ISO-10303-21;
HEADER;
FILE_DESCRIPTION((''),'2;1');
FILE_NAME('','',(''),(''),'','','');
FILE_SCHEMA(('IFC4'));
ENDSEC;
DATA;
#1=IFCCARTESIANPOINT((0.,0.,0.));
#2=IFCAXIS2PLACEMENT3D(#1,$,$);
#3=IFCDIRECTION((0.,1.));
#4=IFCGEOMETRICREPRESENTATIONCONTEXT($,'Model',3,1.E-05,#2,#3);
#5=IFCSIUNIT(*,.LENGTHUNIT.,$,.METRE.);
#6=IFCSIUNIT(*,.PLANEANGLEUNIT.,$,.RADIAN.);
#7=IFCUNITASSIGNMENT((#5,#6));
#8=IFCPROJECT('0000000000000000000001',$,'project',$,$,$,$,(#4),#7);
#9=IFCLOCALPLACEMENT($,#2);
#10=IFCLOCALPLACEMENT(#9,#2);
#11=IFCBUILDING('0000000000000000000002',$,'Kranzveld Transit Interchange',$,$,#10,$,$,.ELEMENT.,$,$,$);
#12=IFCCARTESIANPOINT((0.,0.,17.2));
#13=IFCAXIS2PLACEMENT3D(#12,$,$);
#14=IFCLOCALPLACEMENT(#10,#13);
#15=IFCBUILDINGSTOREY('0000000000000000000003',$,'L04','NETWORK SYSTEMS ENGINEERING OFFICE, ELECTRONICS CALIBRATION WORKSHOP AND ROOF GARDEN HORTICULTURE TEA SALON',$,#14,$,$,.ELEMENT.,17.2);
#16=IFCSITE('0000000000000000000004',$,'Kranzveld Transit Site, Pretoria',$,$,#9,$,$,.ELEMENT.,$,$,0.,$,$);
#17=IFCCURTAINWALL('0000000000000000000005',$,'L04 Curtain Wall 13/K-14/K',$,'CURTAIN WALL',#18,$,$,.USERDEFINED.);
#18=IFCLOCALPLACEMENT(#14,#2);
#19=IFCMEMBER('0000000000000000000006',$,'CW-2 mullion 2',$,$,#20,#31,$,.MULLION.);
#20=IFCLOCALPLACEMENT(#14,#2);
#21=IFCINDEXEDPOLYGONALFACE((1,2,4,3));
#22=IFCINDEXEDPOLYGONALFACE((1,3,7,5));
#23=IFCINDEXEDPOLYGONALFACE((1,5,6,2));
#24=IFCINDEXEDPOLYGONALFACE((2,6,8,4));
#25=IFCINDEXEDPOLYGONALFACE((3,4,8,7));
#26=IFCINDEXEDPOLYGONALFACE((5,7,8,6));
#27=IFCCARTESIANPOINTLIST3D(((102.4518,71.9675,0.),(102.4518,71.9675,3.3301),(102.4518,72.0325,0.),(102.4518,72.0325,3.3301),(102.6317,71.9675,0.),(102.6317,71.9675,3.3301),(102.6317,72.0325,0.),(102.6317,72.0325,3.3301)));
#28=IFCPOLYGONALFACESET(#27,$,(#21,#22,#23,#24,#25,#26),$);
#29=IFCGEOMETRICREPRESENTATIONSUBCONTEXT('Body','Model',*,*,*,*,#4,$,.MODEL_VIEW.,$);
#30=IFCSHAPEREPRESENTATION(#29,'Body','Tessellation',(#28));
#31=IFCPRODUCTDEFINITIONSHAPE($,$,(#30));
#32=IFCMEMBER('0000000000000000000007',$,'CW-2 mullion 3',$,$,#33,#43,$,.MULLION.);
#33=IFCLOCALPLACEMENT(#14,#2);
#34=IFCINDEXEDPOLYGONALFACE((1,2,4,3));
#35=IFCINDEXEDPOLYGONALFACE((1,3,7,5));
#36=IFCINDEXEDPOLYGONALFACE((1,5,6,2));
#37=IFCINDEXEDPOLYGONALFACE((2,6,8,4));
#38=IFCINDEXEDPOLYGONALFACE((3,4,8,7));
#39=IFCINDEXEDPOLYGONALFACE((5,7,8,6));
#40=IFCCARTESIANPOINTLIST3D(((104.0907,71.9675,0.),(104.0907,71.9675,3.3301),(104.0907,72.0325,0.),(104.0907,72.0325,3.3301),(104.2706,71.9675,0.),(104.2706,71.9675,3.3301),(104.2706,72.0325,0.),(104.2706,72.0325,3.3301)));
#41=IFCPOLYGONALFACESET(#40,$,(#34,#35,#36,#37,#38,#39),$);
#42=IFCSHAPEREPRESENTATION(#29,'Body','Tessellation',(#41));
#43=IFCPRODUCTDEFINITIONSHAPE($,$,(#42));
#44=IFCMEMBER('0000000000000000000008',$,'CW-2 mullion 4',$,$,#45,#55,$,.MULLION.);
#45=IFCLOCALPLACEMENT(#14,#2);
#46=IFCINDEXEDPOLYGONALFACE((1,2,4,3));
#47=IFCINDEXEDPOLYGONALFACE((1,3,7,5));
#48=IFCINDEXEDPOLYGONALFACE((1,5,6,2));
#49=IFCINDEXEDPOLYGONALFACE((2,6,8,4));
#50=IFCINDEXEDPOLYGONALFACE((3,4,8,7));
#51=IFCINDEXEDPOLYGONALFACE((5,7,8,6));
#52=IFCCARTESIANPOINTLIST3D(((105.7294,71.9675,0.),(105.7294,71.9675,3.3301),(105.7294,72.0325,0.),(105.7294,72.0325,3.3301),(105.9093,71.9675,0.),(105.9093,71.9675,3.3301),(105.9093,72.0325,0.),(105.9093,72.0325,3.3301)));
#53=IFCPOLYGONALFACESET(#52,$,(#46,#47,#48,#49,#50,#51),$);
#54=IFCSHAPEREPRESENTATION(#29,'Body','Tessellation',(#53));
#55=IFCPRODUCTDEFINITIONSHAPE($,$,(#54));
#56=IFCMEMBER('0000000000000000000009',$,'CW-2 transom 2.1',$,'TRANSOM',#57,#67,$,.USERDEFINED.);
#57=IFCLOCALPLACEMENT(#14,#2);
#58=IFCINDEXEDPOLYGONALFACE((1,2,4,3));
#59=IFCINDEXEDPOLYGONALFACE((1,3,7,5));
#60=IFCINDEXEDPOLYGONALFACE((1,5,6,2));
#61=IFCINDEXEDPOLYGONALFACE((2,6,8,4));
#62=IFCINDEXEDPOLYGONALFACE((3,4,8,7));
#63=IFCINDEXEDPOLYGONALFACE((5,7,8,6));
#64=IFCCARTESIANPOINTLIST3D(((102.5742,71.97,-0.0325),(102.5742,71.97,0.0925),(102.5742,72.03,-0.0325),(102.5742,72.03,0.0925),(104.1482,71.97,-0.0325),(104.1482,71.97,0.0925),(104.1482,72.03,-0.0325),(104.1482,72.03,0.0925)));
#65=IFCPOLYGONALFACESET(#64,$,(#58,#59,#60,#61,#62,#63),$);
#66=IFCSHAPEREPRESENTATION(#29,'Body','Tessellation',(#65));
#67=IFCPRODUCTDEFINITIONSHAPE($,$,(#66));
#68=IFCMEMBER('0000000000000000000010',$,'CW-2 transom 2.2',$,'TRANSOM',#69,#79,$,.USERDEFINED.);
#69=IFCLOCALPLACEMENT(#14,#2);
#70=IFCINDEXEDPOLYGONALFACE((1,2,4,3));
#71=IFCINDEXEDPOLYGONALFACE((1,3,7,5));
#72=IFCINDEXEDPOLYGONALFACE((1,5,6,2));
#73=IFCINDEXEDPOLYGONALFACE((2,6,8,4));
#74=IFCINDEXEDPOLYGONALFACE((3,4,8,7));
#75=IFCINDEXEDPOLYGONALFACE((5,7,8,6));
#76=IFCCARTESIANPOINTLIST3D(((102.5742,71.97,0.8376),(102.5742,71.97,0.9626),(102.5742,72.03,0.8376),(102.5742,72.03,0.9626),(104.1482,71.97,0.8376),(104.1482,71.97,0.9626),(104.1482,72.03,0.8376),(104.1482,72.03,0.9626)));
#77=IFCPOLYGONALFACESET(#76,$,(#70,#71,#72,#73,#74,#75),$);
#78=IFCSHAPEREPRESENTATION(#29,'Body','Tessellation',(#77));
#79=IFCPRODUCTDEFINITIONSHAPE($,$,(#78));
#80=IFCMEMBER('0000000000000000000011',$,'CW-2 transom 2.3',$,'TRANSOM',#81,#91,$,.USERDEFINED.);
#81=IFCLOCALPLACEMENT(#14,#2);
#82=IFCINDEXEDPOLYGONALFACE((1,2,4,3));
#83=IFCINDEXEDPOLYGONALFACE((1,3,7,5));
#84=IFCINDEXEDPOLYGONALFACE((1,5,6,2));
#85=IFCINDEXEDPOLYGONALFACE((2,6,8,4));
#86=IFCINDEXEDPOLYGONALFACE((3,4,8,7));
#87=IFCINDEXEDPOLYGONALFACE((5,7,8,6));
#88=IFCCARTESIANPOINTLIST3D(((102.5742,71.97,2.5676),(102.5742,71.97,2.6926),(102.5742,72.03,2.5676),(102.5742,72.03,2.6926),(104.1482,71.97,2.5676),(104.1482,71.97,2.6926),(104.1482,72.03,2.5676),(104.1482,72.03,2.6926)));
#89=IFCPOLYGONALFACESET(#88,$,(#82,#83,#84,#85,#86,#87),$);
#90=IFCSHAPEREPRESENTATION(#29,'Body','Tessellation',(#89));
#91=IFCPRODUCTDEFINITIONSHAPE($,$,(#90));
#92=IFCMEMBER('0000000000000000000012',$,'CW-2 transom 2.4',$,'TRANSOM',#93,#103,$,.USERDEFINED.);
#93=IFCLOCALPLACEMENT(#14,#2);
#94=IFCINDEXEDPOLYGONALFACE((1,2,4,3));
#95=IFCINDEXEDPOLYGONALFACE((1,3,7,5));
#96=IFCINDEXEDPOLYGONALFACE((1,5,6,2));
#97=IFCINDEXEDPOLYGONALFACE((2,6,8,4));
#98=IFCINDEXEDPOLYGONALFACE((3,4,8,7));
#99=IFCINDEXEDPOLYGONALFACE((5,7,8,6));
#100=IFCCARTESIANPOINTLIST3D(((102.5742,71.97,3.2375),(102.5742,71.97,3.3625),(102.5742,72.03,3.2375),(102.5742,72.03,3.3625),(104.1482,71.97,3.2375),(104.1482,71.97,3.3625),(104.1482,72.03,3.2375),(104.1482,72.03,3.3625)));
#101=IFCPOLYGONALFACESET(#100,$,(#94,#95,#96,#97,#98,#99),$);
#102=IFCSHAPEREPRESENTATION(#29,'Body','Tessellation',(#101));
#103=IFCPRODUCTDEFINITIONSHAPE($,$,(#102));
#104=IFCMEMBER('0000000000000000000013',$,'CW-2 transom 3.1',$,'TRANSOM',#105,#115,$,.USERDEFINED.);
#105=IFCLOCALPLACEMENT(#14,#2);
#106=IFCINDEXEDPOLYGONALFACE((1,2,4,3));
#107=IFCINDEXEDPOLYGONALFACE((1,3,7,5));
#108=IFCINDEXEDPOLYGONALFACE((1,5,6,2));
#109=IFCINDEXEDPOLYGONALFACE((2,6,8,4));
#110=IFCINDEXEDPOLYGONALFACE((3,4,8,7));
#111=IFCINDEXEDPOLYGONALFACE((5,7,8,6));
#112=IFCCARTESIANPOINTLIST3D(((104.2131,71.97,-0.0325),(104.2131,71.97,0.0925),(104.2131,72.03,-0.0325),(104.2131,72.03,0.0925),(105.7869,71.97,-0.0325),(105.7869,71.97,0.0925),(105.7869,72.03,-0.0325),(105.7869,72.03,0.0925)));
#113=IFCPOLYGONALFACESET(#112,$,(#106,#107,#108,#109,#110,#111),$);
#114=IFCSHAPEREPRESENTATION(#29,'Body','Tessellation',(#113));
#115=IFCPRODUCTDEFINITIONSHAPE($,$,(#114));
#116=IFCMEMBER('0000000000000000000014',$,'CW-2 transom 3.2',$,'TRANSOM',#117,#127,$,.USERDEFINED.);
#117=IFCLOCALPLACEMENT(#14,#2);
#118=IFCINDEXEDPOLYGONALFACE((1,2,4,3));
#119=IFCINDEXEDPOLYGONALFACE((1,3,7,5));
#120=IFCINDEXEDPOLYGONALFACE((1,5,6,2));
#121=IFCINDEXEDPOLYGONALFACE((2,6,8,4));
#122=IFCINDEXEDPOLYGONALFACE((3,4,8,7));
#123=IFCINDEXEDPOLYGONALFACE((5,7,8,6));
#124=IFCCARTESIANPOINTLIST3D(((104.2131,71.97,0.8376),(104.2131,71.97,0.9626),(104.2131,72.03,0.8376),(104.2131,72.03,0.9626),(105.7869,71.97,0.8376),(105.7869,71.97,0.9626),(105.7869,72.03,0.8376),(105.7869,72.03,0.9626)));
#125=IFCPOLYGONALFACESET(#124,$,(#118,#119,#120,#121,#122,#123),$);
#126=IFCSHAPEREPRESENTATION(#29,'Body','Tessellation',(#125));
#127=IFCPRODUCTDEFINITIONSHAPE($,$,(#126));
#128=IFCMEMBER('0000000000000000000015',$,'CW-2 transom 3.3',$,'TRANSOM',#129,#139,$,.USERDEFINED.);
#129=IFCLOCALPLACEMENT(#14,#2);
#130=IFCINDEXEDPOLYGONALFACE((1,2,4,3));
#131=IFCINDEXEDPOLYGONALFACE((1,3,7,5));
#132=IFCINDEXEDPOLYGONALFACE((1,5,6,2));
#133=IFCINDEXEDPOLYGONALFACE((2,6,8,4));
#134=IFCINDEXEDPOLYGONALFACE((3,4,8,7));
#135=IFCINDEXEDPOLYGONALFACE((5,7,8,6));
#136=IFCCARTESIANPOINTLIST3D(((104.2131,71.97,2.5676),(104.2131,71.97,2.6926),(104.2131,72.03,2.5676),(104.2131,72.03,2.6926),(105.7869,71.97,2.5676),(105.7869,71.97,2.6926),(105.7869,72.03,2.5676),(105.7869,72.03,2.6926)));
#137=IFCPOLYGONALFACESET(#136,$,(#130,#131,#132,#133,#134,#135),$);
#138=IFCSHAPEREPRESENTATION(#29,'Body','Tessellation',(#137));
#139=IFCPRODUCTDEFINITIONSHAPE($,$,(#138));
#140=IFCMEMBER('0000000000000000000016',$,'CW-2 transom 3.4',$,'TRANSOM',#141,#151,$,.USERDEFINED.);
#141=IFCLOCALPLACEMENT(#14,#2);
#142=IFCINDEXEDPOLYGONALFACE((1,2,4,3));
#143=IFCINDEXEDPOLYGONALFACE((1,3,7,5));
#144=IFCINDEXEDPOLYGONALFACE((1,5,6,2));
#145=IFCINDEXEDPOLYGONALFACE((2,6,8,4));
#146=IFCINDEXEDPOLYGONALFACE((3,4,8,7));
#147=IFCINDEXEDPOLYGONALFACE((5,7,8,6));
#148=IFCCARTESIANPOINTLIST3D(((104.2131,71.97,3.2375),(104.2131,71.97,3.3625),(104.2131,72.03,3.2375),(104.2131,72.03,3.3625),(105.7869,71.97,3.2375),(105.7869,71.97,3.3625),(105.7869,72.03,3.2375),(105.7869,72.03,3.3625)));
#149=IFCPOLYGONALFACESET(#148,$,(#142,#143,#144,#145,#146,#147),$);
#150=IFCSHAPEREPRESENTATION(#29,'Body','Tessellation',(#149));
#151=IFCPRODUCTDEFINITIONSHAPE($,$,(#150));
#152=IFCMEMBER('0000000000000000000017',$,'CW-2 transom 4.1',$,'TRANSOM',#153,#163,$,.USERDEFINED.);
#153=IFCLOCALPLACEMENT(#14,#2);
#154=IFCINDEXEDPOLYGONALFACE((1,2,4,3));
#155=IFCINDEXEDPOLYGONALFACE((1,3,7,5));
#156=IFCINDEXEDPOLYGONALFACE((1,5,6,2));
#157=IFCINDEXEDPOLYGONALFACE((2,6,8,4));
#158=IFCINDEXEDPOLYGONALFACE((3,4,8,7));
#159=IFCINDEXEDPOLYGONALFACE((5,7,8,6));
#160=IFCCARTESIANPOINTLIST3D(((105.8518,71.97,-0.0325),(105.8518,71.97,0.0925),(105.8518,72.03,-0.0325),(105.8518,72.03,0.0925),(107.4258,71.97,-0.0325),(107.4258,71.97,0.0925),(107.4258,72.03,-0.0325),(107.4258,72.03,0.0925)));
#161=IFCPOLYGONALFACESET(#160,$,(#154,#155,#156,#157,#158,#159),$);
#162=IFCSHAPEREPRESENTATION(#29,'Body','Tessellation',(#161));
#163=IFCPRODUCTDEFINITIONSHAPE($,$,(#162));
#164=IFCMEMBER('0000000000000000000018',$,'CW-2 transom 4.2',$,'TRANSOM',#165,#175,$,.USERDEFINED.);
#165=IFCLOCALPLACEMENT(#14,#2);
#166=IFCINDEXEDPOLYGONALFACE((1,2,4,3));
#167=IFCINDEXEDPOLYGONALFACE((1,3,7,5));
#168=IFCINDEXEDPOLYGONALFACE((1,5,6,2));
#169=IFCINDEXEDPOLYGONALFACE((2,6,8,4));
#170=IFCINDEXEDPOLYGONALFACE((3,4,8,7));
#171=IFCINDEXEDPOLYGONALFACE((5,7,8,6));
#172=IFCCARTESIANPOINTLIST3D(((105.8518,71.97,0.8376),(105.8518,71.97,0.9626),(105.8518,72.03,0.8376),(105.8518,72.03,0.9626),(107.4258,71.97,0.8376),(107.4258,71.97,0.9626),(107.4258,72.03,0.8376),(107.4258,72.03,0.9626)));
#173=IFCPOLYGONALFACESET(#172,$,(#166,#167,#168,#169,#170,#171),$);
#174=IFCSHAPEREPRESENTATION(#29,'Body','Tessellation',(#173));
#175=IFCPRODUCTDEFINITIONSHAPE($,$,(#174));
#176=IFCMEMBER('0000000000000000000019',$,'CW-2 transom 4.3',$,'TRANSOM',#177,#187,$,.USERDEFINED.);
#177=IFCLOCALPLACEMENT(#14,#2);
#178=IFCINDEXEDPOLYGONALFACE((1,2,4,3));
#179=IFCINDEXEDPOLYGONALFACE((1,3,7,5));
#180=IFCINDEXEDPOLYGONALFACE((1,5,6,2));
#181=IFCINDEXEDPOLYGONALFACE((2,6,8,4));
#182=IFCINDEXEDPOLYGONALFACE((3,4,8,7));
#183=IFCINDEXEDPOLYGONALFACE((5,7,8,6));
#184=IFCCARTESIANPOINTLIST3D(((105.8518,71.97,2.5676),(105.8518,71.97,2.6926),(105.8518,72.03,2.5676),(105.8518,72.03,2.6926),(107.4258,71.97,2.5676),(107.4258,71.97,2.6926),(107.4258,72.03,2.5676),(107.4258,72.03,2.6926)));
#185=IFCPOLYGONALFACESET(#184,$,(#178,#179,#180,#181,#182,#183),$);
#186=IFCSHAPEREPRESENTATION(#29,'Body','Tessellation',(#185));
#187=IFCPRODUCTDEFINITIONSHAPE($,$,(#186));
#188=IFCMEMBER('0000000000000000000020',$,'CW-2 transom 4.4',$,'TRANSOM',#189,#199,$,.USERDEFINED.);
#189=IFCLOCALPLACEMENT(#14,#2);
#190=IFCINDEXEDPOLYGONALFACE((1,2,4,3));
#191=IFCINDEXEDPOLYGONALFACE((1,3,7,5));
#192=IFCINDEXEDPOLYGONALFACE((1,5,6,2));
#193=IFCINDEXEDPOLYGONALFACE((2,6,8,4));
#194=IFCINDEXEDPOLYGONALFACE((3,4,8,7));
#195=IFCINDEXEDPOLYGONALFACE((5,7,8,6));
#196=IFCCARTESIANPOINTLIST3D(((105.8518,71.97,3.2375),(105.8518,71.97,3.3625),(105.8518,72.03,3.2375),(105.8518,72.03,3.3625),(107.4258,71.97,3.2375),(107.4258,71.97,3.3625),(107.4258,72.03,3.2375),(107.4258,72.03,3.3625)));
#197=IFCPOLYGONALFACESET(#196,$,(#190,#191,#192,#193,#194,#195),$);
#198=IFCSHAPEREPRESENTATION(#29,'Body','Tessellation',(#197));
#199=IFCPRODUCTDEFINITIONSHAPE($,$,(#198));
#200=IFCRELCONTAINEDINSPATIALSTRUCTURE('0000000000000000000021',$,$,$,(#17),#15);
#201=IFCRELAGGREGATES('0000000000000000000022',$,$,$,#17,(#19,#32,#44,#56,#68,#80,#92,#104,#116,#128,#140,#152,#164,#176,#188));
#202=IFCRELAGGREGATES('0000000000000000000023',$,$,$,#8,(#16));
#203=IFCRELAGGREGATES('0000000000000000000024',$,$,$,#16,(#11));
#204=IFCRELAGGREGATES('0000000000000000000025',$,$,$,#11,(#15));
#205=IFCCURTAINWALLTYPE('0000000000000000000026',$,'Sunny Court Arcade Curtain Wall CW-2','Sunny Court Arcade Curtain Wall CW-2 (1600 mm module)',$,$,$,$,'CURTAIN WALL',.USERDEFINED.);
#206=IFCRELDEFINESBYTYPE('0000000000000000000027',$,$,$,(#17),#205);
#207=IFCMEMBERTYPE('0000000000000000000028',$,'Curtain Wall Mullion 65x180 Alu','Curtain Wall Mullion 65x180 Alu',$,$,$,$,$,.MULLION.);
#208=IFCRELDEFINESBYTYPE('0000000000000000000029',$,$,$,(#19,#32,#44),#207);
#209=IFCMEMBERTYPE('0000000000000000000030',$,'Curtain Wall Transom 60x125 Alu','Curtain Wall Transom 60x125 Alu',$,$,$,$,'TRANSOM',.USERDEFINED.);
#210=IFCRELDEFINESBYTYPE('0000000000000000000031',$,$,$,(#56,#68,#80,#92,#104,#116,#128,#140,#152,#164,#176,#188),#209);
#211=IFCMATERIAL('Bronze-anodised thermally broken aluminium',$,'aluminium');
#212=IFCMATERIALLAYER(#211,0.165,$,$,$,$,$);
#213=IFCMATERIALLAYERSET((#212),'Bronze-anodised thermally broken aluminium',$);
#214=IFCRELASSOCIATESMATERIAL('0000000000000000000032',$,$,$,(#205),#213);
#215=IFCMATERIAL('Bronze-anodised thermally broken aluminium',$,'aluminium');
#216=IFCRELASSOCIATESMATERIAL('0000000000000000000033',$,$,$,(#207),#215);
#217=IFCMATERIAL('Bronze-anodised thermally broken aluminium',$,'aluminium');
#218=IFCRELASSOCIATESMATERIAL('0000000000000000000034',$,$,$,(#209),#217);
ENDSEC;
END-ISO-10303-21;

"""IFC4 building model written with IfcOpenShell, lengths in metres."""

from ifc_helpers import new_model, si_unit, direction, frame, origin, origin_2d, place, context, subcontext, project, spatial, rectangle, extrude, material, layer, layer_set, material_profile, profile_set, type_object, element, aggregate, save


model = new_model("IFC4")

# Units and contexts
model_context = context("Model", 3, precision=1e-05, world=origin(), true_north=direction((0.0, 1.0)))
body_context = subcontext(model_context, "Body", "Model", "MODEL_VIEW")
ifc_project = project(units=[si_unit("LENGTHUNIT", "METRE"), si_unit("PLANEANGLEUNIT", "RADIAN")], contexts=[model_context])

# Site, building, storey
site_placement = place(None, origin())
site = spatial("IfcSite", under=ifc_project, at=site_placement, Name="Kranzveld Transit Site, Pretoria", CompositionType="ELEMENT", RefElevation=0.0)
building_placement = place(site_placement, origin())
building = spatial("IfcBuilding", under=site, at=building_placement, Name="Kranzveld Transit Interchange", CompositionType="ELEMENT")
storey_placement = place(building_placement, frame((0.0, 0.0, 17.2)))
storey = spatial("IfcBuildingStorey", under=building, at=storey_placement, Name="L04", Description="NETWORK SYSTEMS ENGINEERING OFFICE, ELECTRONICS CALIBRATION WORKSHOP AND ROOF GARDEN HORTICULTURE TEA SALON", CompositionType="ELEMENT", Elevation=17.2)

# Curtain wall, members
ifc_material_1 = material(Name="Bronze-anodised thermally broken aluminium", Category="aluminium")
ifc_layer_1 = layer(ifc_material_1, 0.165)
ifc_layer_set_1 = layer_set([ifc_layer_1], Name="Bronze-anodised thermally broken aluminium")
curtain_wall_type = type_object("IfcCurtainWallType", Name="Sunny Court Arcade Curtain Wall CW-2", Description="Sunny Court Arcade Curtain Wall CW-2 (1600 mm module)", ElementType="CURTAIN WALL", PredefinedType="USERDEFINED", material=ifc_layer_set_1)
curtain_wall_placement = place(storey_placement, origin())
curtain_wall = element("IfcCurtainWall", 1, at=curtain_wall_placement, inside=storey, type_object=curtain_wall_type, Name="L04 Curtain Wall 13/K-14/K", ObjectType="CURTAIN WALL", PredefinedType="USERDEFINED")
ifc_material_2 = material(Name="Bronze-anodised thermally broken aluminium", Category="aluminium")
ifc_material_profile_1 = material_profile(ifc_material_2, rectangle(XDim=0.0649, YDim=0.1799, at=origin_2d()), Name="ALU MULLION 65x180")
ifc_profile_set_1 = profile_set([ifc_material_profile_1], Name="Bronze-anodised thermally broken aluminium")
member_type_1 = type_object("IfcMemberType", Name="Curtain Wall Mullion 65x180 Alu", Description="Curtain Wall Mullion 65x180 Alu", PredefinedType="MULLION", material=ifc_profile_set_1)
member_1_placement = place(storey_placement, frame((102.5417, 72.0, 0.0), z_axis=(0.0, 0.0, 1.0), x_axis=(0.0, 1.0, 0.0)))
member_1 = element("IfcMember", 2, at=member_1_placement, type_object=member_type_1, Name="CW-2 mullion 2", PredefinedType="MULLION", context=body_context, shape_type="SweptSolid", body=[
    extrude(rectangle(XDim=0.0649, YDim=0.1799, at=origin_2d()), origin(), (0.0, 0.0, 1.0), 3.3301),
])
member_2_placement = place(storey_placement, frame((104.1807, 72.0, 0.0), z_axis=(0.0, 0.0, 1.0), x_axis=(0.0, 1.0, 0.0)))
member_2 = element("IfcMember", 3, at=member_2_placement, type_object=member_type_1, Name="CW-2 mullion 3", PredefinedType="MULLION", context=body_context, shape_type="SweptSolid", body=[
    extrude(rectangle(XDim=0.0649, YDim=0.1799, at=origin_2d()), origin(), (0.0, 0.0, 1.0), 3.3301),
])
member_3_placement = place(storey_placement, frame((105.8193, 72.0, 0.0), z_axis=(0.0, 0.0, 1.0), x_axis=(0.0, 1.0, 0.0)))
member_3 = element("IfcMember", 4, at=member_3_placement, type_object=member_type_1, Name="CW-2 mullion 4", PredefinedType="MULLION", context=body_context, shape_type="SweptSolid", body=[
    extrude(rectangle(XDim=0.0649, YDim=0.1799, at=origin_2d()), origin(), (0.0, 0.0, 1.0), 3.3301),
])
ifc_material_3 = material(Name="Bronze-anodised thermally broken aluminium", Category="aluminium")
ifc_material_profile_2 = material_profile(ifc_material_3, rectangle(XDim=0.0601, YDim=0.125, at=origin_2d()), Name="ALU TRANSOM 60x125")
ifc_profile_set_2 = profile_set([ifc_material_profile_2], Name="Bronze-anodised thermally broken aluminium")
member_type_2 = type_object("IfcMemberType", Name="Curtain Wall Transom 60x125 Alu", Description="Curtain Wall Transom 60x125 Alu", ElementType="TRANSOM", PredefinedType="USERDEFINED", material=ifc_profile_set_2)
member_4_placement = place(storey_placement, frame((102.5742, 72.0, 0.03), z_axis=(1.0, 0.0, 0.0), x_axis=(0.0, 1.0, 0.0)))
member_4 = element("IfcMember", 5, at=member_4_placement, type_object=member_type_2, Name="CW-2 transom 2.1", ObjectType="TRANSOM", PredefinedType="USERDEFINED", context=body_context, shape_type="SweptSolid", body=[
    extrude(rectangle(XDim=0.0601, YDim=0.125, at=origin_2d()), origin(), (0.0, 0.0, 1.0), 1.574),
])
member_5_placement = place(storey_placement, frame((102.5742, 72.0, 0.9001), z_axis=(1.0, 0.0, 0.0), x_axis=(0.0, 1.0, 0.0)))
member_5 = element("IfcMember", 6, at=member_5_placement, type_object=member_type_2, Name="CW-2 transom 2.2", ObjectType="TRANSOM", PredefinedType="USERDEFINED", context=body_context, shape_type="SweptSolid", body=[
    extrude(rectangle(XDim=0.0601, YDim=0.125, at=origin_2d()), origin(), (0.0, 0.0, 1.0), 1.574),
])
member_6_placement = place(storey_placement, frame((102.5742, 72.0, 2.6301), z_axis=(1.0, 0.0, 0.0), x_axis=(0.0, 1.0, 0.0)))
member_6 = element("IfcMember", 7, at=member_6_placement, type_object=member_type_2, Name="CW-2 transom 2.3", ObjectType="TRANSOM", PredefinedType="USERDEFINED", context=body_context, shape_type="SweptSolid", body=[
    extrude(rectangle(XDim=0.0601, YDim=0.125, at=origin_2d()), origin(), (0.0, 0.0, 1.0), 1.574),
])
member_7_placement = place(storey_placement, frame((102.5742, 72.0, 3.3), z_axis=(1.0, 0.0, 0.0), x_axis=(0.0, 1.0, 0.0)))
member_7 = element("IfcMember", 8, at=member_7_placement, type_object=member_type_2, Name="CW-2 transom 2.4", ObjectType="TRANSOM", PredefinedType="USERDEFINED", context=body_context, shape_type="SweptSolid", body=[
    extrude(rectangle(XDim=0.0601, YDim=0.125, at=origin_2d()), origin(), (0.0, 0.0, 1.0), 1.574),
])
member_8_placement = place(storey_placement, frame((104.2131, 72.0, 0.03), z_axis=(1.0, 0.0, 0.0), x_axis=(0.0, 1.0, 0.0)))
member_8 = element("IfcMember", 9, at=member_8_placement, type_object=member_type_2, Name="CW-2 transom 3.1", ObjectType="TRANSOM", PredefinedType="USERDEFINED", context=body_context, shape_type="SweptSolid", body=[
    extrude(rectangle(XDim=0.0601, YDim=0.125, at=origin_2d()), origin(), (0.0, 0.0, 1.0), 1.5737),
])
member_9_placement = place(storey_placement, frame((104.2131, 72.0, 0.9001), z_axis=(1.0, 0.0, 0.0), x_axis=(0.0, 1.0, 0.0)))
member_9 = element("IfcMember", 10, at=member_9_placement, type_object=member_type_2, Name="CW-2 transom 3.2", ObjectType="TRANSOM", PredefinedType="USERDEFINED", context=body_context, shape_type="SweptSolid", body=[
    extrude(rectangle(XDim=0.0601, YDim=0.125, at=origin_2d()), origin(), (0.0, 0.0, 1.0), 1.5737),
])
member_10_placement = place(storey_placement, frame((104.2131, 72.0, 2.6301), z_axis=(1.0, 0.0, 0.0), x_axis=(0.0, 1.0, 0.0)))
member_10 = element("IfcMember", 11, at=member_10_placement, type_object=member_type_2, Name="CW-2 transom 3.3", ObjectType="TRANSOM", PredefinedType="USERDEFINED", context=body_context, shape_type="SweptSolid", body=[
    extrude(rectangle(XDim=0.0601, YDim=0.125, at=origin_2d()), origin(), (0.0, 0.0, 1.0), 1.5737),
])
member_11_placement = place(storey_placement, frame((104.2131, 72.0, 3.3), z_axis=(1.0, 0.0, 0.0), x_axis=(0.0, 1.0, 0.0)))
member_11 = element("IfcMember", 12, at=member_11_placement, type_object=member_type_2, Name="CW-2 transom 3.4", ObjectType="TRANSOM", PredefinedType="USERDEFINED", context=body_context, shape_type="SweptSolid", body=[
    extrude(rectangle(XDim=0.0601, YDim=0.125, at=origin_2d()), origin(), (0.0, 0.0, 1.0), 1.5737),
])
member_12_placement = place(storey_placement, frame((105.8518, 72.0, 0.03), z_axis=(1.0, 0.0, 0.0), x_axis=(0.0, 1.0, 0.0)))
member_12 = element("IfcMember", 13, at=member_12_placement, type_object=member_type_2, Name="CW-2 transom 4.1", ObjectType="TRANSOM", PredefinedType="USERDEFINED", context=body_context, shape_type="SweptSolid", body=[
    extrude(rectangle(XDim=0.0601, YDim=0.125, at=origin_2d()), origin(), (0.0, 0.0, 1.0), 1.574),
])
member_13_placement = place(storey_placement, frame((105.8518, 72.0, 0.9001), z_axis=(1.0, 0.0, 0.0), x_axis=(0.0, 1.0, 0.0)))
member_13 = element("IfcMember", 14, at=member_13_placement, type_object=member_type_2, Name="CW-2 transom 4.2", ObjectType="TRANSOM", PredefinedType="USERDEFINED", context=body_context, shape_type="SweptSolid", body=[
    extrude(rectangle(XDim=0.0601, YDim=0.125, at=origin_2d()), origin(), (0.0, 0.0, 1.0), 1.574),
])
member_14_placement = place(storey_placement, frame((105.8518, 72.0, 2.6301), z_axis=(1.0, 0.0, 0.0), x_axis=(0.0, 1.0, 0.0)))
member_14 = element("IfcMember", 15, at=member_14_placement, type_object=member_type_2, Name="CW-2 transom 4.3", ObjectType="TRANSOM", PredefinedType="USERDEFINED", context=body_context, shape_type="SweptSolid", body=[
    extrude(rectangle(XDim=0.0601, YDim=0.125, at=origin_2d()), origin(), (0.0, 0.0, 1.0), 1.574),
])
member_15_placement = place(storey_placement, frame((105.8518, 72.0, 3.3), z_axis=(1.0, 0.0, 0.0), x_axis=(0.0, 1.0, 0.0)))
member_15 = element("IfcMember", 16, at=member_15_placement, type_object=member_type_2, Name="CW-2 transom 4.4", ObjectType="TRANSOM", PredefinedType="USERDEFINED", context=body_context, shape_type="SweptSolid", body=[
    extrude(rectangle(XDim=0.0601, YDim=0.125, at=origin_2d()), origin(), (0.0, 0.0, 1.0), 1.574),
])
aggregate(curtain_wall, [member_1, member_2, member_3, member_4, member_5, member_6, member_7, member_8, member_9, member_10, member_11, member_12, member_13, member_14, member_15])

save(model, "model.ifc")
